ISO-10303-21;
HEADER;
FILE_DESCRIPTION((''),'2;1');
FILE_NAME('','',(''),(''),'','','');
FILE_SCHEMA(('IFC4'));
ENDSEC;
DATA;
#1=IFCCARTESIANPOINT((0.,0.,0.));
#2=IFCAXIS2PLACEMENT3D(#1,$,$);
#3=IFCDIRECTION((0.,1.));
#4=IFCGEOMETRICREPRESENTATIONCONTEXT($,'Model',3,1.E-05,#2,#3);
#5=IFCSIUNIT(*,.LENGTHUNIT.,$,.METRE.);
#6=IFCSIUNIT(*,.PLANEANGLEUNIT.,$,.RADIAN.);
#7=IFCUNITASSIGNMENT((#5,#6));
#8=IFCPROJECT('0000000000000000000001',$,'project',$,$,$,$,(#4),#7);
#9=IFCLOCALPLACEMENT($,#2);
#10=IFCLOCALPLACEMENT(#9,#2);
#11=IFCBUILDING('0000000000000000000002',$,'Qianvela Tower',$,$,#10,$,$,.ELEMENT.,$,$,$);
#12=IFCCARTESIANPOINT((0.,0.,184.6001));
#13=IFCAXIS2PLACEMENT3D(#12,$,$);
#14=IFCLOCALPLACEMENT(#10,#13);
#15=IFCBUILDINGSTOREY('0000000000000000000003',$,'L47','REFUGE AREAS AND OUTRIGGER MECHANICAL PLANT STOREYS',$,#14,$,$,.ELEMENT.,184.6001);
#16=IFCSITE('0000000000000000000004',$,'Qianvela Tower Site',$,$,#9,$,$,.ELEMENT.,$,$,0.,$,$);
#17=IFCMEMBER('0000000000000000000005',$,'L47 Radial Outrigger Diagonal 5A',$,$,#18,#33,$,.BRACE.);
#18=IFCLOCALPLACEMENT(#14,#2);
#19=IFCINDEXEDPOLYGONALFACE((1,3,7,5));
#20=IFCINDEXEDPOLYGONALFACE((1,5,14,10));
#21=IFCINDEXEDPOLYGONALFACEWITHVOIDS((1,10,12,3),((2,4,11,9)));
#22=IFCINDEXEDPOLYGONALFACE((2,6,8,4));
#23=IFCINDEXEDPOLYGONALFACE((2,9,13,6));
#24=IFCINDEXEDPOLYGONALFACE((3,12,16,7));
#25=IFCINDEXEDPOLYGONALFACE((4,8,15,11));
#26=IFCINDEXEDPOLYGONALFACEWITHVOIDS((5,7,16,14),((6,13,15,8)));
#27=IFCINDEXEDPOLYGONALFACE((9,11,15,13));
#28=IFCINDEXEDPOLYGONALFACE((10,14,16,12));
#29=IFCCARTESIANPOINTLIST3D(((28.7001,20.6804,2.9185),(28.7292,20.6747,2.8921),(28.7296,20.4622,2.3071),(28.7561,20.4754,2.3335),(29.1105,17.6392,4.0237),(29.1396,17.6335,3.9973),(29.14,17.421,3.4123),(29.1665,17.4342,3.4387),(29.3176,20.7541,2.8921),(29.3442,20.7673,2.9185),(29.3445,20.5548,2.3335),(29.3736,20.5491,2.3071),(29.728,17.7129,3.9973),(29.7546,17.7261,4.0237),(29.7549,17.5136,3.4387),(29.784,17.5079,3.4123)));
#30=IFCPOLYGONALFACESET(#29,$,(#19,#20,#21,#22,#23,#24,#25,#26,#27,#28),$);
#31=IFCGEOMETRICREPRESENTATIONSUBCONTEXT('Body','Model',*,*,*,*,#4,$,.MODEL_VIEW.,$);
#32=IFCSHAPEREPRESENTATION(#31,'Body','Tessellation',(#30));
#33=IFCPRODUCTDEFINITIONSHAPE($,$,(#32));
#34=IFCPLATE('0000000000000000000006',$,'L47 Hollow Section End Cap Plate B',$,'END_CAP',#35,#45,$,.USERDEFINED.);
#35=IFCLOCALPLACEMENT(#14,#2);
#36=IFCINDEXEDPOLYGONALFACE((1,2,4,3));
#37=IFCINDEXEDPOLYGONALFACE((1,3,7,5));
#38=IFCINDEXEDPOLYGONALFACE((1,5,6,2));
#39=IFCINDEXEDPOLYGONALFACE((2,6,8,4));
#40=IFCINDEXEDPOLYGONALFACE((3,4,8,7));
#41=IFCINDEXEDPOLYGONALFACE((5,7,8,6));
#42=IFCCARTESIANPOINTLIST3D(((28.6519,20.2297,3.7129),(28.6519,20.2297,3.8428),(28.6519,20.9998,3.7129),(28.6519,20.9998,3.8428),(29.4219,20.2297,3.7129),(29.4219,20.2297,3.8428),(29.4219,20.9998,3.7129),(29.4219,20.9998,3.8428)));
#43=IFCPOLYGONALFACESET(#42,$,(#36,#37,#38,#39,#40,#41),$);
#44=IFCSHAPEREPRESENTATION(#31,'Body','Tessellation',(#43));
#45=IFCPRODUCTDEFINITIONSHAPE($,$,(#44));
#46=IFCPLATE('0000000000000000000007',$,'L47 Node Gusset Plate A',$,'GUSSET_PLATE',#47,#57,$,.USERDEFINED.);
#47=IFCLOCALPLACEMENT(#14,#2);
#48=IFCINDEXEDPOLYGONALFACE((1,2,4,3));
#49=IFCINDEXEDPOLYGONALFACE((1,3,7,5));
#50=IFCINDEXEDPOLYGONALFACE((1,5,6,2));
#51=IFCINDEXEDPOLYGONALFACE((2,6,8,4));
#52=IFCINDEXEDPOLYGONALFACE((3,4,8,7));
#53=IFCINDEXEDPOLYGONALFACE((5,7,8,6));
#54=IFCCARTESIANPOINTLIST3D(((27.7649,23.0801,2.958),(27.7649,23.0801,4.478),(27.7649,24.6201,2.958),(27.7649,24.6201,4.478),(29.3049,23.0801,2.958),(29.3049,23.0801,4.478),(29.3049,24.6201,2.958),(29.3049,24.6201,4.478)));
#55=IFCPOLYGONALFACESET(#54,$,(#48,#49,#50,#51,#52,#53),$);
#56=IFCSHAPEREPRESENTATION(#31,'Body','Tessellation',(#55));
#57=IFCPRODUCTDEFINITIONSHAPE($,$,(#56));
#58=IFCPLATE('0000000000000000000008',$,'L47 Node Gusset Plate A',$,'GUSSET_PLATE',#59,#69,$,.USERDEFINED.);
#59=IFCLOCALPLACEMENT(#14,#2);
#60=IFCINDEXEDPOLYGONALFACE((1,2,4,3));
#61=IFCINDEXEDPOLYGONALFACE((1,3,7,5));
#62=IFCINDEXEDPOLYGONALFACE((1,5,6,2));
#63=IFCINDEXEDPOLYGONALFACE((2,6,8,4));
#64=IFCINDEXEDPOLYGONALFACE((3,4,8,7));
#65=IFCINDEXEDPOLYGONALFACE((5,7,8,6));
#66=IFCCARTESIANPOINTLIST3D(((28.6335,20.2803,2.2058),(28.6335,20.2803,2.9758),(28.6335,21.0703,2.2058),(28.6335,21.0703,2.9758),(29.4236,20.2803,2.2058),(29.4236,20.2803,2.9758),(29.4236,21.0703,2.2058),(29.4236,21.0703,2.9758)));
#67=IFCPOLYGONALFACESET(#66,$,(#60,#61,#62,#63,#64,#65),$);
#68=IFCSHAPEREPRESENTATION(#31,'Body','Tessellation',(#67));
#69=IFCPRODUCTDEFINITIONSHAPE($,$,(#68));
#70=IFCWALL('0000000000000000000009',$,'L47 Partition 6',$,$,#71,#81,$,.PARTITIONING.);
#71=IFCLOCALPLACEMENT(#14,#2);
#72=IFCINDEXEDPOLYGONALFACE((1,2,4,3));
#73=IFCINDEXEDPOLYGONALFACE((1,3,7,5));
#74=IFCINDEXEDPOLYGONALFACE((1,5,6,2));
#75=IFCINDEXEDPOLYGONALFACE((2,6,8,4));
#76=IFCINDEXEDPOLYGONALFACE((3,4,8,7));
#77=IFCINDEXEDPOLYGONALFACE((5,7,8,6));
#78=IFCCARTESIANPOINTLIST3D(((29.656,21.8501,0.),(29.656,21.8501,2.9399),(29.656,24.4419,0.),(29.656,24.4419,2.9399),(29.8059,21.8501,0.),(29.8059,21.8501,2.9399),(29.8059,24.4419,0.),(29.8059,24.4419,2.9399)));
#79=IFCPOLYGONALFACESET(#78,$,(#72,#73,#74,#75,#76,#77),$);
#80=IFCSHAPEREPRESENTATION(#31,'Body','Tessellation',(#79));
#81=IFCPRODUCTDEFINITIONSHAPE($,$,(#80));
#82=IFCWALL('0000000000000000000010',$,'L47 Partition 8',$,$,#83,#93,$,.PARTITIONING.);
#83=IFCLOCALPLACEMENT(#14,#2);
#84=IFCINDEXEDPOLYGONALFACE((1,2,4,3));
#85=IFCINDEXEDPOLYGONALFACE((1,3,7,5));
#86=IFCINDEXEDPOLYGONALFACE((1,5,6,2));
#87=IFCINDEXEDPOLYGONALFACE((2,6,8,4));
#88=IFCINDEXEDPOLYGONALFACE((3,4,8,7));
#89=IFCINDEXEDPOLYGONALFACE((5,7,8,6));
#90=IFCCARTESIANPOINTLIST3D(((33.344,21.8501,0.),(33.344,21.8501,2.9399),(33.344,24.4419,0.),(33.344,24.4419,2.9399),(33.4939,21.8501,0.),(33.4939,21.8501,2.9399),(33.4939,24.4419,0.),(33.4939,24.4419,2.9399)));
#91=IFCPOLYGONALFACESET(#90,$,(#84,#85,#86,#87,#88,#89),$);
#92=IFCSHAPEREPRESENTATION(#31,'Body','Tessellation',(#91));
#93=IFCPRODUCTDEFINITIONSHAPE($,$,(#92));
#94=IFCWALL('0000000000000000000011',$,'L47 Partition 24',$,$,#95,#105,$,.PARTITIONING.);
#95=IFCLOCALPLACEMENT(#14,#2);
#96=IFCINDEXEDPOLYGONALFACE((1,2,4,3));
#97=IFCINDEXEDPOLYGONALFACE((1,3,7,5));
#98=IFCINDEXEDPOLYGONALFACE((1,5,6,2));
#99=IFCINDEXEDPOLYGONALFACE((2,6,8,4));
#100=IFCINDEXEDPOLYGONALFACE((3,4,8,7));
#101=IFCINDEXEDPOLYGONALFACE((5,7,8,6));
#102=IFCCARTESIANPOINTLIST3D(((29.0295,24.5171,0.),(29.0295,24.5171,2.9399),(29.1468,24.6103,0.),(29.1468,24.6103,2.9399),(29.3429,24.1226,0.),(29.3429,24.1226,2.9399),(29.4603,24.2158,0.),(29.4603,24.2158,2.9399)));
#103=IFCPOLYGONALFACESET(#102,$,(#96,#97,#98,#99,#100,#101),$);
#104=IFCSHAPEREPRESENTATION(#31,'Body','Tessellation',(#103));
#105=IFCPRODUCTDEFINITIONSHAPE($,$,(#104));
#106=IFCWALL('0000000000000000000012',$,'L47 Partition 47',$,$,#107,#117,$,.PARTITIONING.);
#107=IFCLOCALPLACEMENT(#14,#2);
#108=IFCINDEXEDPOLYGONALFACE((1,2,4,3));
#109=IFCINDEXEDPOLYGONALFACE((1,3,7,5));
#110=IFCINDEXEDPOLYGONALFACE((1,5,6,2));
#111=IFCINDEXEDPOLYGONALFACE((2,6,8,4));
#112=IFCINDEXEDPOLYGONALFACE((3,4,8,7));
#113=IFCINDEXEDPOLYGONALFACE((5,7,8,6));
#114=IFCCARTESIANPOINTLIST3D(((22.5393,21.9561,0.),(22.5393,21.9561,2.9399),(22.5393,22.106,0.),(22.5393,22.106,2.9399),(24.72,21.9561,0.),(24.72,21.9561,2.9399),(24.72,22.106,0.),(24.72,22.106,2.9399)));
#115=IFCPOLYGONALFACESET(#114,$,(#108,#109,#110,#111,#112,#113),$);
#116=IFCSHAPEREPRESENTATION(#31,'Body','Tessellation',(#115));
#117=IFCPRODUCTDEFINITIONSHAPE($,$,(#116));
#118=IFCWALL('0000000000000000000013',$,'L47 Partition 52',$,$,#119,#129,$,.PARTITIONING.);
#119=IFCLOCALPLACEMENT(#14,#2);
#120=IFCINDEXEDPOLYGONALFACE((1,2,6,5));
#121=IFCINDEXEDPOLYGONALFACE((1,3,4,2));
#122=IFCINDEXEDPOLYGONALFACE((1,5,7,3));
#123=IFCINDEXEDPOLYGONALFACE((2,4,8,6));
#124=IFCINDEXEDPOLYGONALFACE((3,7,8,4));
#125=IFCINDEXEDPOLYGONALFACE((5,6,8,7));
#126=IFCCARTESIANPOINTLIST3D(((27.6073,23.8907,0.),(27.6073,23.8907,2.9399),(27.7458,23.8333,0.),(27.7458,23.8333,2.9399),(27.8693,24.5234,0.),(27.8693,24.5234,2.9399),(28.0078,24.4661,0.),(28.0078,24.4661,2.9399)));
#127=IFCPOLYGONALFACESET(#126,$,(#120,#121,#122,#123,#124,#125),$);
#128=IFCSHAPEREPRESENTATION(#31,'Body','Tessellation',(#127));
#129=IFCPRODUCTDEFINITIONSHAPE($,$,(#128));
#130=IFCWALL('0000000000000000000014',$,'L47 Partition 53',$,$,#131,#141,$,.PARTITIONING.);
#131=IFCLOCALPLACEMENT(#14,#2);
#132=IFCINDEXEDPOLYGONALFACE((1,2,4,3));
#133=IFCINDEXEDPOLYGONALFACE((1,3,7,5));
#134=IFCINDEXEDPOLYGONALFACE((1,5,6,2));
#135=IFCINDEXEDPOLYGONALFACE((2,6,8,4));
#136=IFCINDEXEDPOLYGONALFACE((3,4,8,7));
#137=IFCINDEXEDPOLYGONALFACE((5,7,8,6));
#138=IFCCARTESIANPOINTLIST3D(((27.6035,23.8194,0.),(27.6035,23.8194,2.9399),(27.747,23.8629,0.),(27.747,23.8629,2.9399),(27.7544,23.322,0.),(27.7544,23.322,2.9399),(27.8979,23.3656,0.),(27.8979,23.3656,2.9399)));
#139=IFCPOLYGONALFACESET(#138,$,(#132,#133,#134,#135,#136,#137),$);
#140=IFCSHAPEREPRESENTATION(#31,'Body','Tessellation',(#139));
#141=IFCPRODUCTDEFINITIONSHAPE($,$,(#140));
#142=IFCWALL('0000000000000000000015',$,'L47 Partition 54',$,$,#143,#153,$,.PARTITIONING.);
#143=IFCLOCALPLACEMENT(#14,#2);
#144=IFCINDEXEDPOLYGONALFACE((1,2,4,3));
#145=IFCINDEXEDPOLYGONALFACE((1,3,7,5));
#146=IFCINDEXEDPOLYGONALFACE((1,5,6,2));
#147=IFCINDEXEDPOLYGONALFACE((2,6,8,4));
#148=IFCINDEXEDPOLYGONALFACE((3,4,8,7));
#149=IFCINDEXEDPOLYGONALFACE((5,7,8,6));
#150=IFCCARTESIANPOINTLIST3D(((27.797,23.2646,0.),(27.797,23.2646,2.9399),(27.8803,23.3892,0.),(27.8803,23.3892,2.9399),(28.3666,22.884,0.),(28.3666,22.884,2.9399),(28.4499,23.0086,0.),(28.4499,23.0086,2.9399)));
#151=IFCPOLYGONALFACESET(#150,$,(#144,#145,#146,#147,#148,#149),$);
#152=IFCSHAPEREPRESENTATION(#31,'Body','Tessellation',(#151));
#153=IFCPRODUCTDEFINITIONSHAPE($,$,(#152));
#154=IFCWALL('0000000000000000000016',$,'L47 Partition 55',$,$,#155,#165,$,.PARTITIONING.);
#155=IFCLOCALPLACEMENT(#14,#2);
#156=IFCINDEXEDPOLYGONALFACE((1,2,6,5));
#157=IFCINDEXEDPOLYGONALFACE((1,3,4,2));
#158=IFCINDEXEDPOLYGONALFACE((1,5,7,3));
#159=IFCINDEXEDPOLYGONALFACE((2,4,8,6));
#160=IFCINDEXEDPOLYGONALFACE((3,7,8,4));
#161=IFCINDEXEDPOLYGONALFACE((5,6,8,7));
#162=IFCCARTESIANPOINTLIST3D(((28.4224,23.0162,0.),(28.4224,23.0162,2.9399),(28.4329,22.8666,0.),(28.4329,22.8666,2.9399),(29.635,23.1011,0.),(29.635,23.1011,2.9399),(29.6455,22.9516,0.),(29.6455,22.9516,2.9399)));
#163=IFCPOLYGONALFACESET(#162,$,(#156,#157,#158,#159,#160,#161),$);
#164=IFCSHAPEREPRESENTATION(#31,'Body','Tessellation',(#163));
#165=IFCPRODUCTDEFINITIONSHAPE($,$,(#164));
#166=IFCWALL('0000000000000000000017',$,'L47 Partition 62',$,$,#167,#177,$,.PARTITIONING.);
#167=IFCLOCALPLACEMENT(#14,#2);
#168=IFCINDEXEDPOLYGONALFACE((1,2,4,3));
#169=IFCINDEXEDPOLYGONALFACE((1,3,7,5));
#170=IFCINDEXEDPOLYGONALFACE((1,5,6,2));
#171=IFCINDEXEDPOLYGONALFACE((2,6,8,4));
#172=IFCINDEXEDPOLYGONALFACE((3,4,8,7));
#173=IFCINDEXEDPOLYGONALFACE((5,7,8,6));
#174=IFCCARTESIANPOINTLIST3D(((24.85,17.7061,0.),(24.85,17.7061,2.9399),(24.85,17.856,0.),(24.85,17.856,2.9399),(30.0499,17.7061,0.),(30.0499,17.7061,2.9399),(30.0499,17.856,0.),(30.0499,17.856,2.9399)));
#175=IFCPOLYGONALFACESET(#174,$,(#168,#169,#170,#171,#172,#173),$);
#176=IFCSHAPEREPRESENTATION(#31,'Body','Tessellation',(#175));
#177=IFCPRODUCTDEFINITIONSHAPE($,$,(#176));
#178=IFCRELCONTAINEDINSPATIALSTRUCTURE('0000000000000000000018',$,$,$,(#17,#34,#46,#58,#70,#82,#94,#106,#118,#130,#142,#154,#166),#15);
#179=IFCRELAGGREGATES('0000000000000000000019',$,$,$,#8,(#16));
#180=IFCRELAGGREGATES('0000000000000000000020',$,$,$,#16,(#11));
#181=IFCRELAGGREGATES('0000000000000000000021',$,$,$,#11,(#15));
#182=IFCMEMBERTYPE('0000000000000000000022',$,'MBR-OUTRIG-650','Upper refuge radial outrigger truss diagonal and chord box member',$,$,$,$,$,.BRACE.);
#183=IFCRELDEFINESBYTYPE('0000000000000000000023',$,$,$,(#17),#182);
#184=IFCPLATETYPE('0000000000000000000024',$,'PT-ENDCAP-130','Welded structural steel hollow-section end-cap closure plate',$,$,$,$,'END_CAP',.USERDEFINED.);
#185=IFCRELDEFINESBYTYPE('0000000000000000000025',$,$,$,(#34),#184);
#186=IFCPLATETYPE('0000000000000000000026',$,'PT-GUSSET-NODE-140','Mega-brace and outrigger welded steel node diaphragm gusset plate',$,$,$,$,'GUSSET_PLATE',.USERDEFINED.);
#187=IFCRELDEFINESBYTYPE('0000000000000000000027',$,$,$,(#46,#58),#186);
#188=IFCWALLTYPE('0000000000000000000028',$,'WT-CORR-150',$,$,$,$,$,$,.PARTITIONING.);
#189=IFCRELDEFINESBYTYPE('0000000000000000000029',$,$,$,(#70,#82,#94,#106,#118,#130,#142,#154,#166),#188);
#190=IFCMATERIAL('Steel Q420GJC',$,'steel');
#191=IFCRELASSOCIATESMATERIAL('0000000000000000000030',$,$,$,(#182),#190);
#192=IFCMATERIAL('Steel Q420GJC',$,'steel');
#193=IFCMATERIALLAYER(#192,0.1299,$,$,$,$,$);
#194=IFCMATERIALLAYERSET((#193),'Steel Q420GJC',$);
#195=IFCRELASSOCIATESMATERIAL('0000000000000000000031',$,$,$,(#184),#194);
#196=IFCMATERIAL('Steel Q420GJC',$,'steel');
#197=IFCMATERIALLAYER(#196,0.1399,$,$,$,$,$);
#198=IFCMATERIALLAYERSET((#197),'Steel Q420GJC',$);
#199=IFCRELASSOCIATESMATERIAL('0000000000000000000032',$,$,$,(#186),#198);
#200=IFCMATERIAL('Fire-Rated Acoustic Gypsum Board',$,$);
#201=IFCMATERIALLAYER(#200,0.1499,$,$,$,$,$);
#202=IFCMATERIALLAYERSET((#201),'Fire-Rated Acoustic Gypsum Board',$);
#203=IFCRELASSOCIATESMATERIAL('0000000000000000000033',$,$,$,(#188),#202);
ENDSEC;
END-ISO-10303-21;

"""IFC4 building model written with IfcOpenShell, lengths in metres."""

from ifc_helpers import new_model, si_unit, direction, frame, frame_2d, origin, origin_2d, place, context, subcontext, project, spatial, rectangle, hollow_rectangle, extrude, material, layer, layer_set, material_profile, profile_set, type_object, element, save


model = new_model("IFC4")

# Units and contexts
model_context = context("Model", 3, precision=1e-05, world=origin(), true_north=direction((0.0, 1.0)))
body_context = subcontext(model_context, "Body", "Model", "MODEL_VIEW")
ifc_project = project(units=[si_unit("LENGTHUNIT", "METRE"), si_unit("PLANEANGLEUNIT", "RADIAN")], contexts=[model_context])

# Site, building, storey
site_placement = place(None, origin())
site = spatial("IfcSite", under=ifc_project, at=site_placement, Name="Qianvela Tower Site", CompositionType="ELEMENT", RefElevation=0.0)
building_placement = place(site_placement, origin())
building = spatial("IfcBuilding", under=site, at=building_placement, Name="Qianvela Tower", CompositionType="ELEMENT")
storey_placement = place(building_placement, frame((0.0, 0.0, 184.6001)))
storey = spatial("IfcBuildingStorey", under=building, at=storey_placement, Name="L47", Description="REFUGE AREAS AND OUTRIGGER MECHANICAL PLANT STOREYS", CompositionType="ELEMENT", Elevation=184.6001)

# Member
ifc_material_1 = material(Name="Steel Q420GJC", Category="steel")
ifc_material_profile_1 = material_profile(ifc_material_1, hollow_rectangle(XDim=0.6499, YDim=0.6499, WallThickness=0.0281, at=origin_2d()), Name="OBOX-650x650x28")
ifc_profile_set_1 = profile_set([ifc_material_profile_1], Name="Steel Q420GJC")
member_type = type_object("IfcMemberType", Name="MBR-OUTRIG-650", Description="Upper refuge radial outrigger truss diagonal and chord box member", PredefinedType="BRACE", material=ifc_profile_set_1)
member_1_placement = place(storey_placement, frame((29.0369, 20.6147, 2.6128), z_axis=(0.125821, -0.932393, 0.338841), x_axis=(0.991018, 0.133732, 0.0)))
element("IfcMember", 1, at=member_1_placement, inside=storey, type_object=member_type, Name="L47 Radial Outrigger Diagonal 5A", PredefinedType="BRACE", context=body_context, shape_type="SweptSolid", body=[
    extrude(hollow_rectangle(XDim=0.6499, YDim=0.6499, WallThickness=0.0281, at=origin_2d()), origin(), (0.0, 0.0, 1.0), 3.2617),
])

# Plates
ifc_material_2 = material(Name="Steel Q420GJC", Category="steel")
ifc_layer_1 = layer(ifc_material_2, 0.1299)
ifc_layer_set_1 = layer_set([ifc_layer_1], Name="Steel Q420GJC")
plate_type_1 = type_object("IfcPlateType", Name="PT-ENDCAP-130", Description="Welded structural steel hollow-section end-cap closure plate", ElementType="END_CAP", PredefinedType="USERDEFINED", material=ifc_layer_set_1)
plate_1_placement = place(storey_placement, frame((29.0369, 20.6147, 3.7129), z_axis=(0.0, 0.0, 1.0), x_axis=(1.0, 0.0, 0.0)))
element("IfcPlate", 2, at=plate_1_placement, inside=storey, type_object=plate_type_1, Name="L47 Hollow Section End Cap Plate B", ObjectType="END_CAP", PredefinedType="USERDEFINED", context=body_context, shape_type="SweptSolid", body=[
    extrude(rectangle(XDim=0.77, YDim=0.77, at=origin_2d()), origin(), (0.0, 0.0, 1.0), 0.1299),
])
ifc_material_3 = material(Name="Steel Q420GJC", Category="steel")
ifc_layer_2 = layer(ifc_material_3, 0.1399)
ifc_layer_set_2 = layer_set([ifc_layer_2], Name="Steel Q420GJC")
plate_type_2 = type_object("IfcPlateType", Name="PT-GUSSET-NODE-140", Description="Mega-brace and outrigger welded steel node diaphragm gusset plate", ElementType="GUSSET_PLATE", PredefinedType="USERDEFINED", material=ifc_layer_set_2)
plate_2_placement = place(storey_placement, frame((28.5349, 23.8501, 2.958), z_axis=(0.0, 0.0, 1.0), x_axis=(1.0, 0.0, 0.0)))
element("IfcPlate", 3, at=plate_2_placement, inside=storey, type_object=plate_type_2, Name="L47 Node Gusset Plate A", ObjectType="GUSSET_PLATE", PredefinedType="USERDEFINED", context=body_context, shape_type="SweptSolid", body=[
    extrude(rectangle(XDim=1.54, YDim=1.54, at=origin_2d()), origin(), (0.0, 0.0, 1.0), 1.52),
])
plate_3_placement = place(storey_placement, frame((29.0286, 20.6753, 2.2058), z_axis=(0.0, 0.0, 1.0), x_axis=(1.0, 0.0, 0.0)))
element("IfcPlate", 4, at=plate_3_placement, inside=storey, type_object=plate_type_2, Name="L47 Node Gusset Plate A", ObjectType="GUSSET_PLATE", PredefinedType="USERDEFINED", context=body_context, shape_type="SweptSolid", body=[
    extrude(rectangle(XDim=0.79, YDim=0.79, at=origin_2d()), origin(), (0.0, 0.0, 1.0), 0.77),
])

# Shared definitions
ifc_material_4 = material(Name="Fire-Rated Acoustic Gypsum Board")
ifc_layer_3 = layer(ifc_material_4, 0.1499)
ifc_layer_set_3 = layer_set([ifc_layer_3], Name="Fire-Rated Acoustic Gypsum Board")
wall_type = type_object("IfcWallType", Name="WT-CORR-150", PredefinedType="PARTITIONING", material=ifc_layer_set_3)

# Walls
for number, where, z_axis, x_axis, name in (
    (5, (29.731, 21.8501, 0.0), (0.0, 0.0, 1.0), (0.0, 1.0, 0.0), "L47 Partition 6"),
    (6, (33.4189, 24.4419, 0.0), (0.0, 0.0, 1.0), (0.0, -1.0, 0.0), "L47 Partition 8"),
):
    element("IfcWall", number, at=place(storey_placement, frame(where, z_axis=z_axis, x_axis=x_axis)), inside=storey, type_object=wall_type, Name=name, PredefinedType="PARTITIONING", context=body_context, shape_type="SweptSolid", body=[
        extrude(rectangle(XDim=2.5918, YDim=0.1499, at=frame_2d((1.2959, 0.0))), origin(), (0.0, 0.0, 1.0), 2.9399),
    ])
wall_1_placement = place(storey_placement, frame((29.4016, 24.1692, 0.0), z_axis=(0.0, 0.0, 1.0), x_axis=(-0.622092, 0.782944, 0.0)))
element("IfcWall", 7, at=wall_1_placement, inside=storey, type_object=wall_type, Name="L47 Partition 24", PredefinedType="PARTITIONING", context=body_context, shape_type="SweptSolid", body=[
    extrude(rectangle(XDim=0.5039, YDim=0.1499, at=frame_2d((0.252, 0.0))), origin(), (0.0, 0.0, 1.0), 2.9399),
])
wall_2_placement = place(storey_placement, frame((24.72, 22.031, 0.0), z_axis=(0.0, 0.0, 1.0), x_axis=(-1.0, 0.0, 0.0)))
element("IfcWall", 8, at=wall_2_placement, inside=storey, type_object=wall_type, Name="L47 Partition 47", PredefinedType="PARTITIONING", context=body_context, shape_type="SweptSolid", body=[
    extrude(rectangle(XDim=2.1807, YDim=0.1499, at=frame_2d((1.0903, 0.0))), origin(), (0.0, 0.0, 1.0), 2.9399),
])
wall_3_placement = place(storey_placement, frame((27.9385, 24.4946, 0.0), z_axis=(0.0, 0.0, 1.0), x_axis=(-0.382488, -0.92396, 0.0)))
element("IfcWall", 9, at=wall_3_placement, inside=storey, type_object=wall_type, Name="L47 Partition 52", PredefinedType="PARTITIONING", context=body_context, shape_type="SweptSolid", body=[
    extrude(rectangle(XDim=0.6848, YDim=0.1499, at=frame_2d((0.3423, 0.0))), origin(), (0.0, 0.0, 1.0), 2.9399),
])
wall_4_placement = place(storey_placement, frame((27.6753, 23.8411, 0.0), z_axis=(0.0, 0.0, 1.0), x_axis=(0.29032, -0.95693, 0.0)))
element("IfcWall", 10, at=wall_4_placement, inside=storey, type_object=wall_type, Name="L47 Partition 53", PredefinedType="PARTITIONING", context=body_context, shape_type="SweptSolid", body=[
    extrude(rectangle(XDim=0.5198, YDim=0.1499, at=frame_2d((0.2598, 0.0))), origin(), (0.0, 0.0, 1.0), 2.9399),
])
wall_5_placement = place(storey_placement, frame((27.8386, 23.3269, 0.0), z_axis=(0.0, 0.0, 1.0), x_axis=(0.831447, -0.555605, 0.0)))
element("IfcWall", 11, at=wall_5_placement, inside=storey, type_object=wall_type, Name="L47 Partition 54", PredefinedType="PARTITIONING", context=body_context, shape_type="SweptSolid", body=[
    extrude(rectangle(XDim=0.6851, YDim=0.1499, at=frame_2d((0.3425, 0.0))), origin(), (0.0, 0.0, 1.0), 2.9399),
])
wall_6_placement = place(storey_placement, frame((28.4275, 22.9414, 0.0), z_axis=(0.0, 0.0, 1.0), x_axis=(0.997555, 0.069891, 0.0)))
element("IfcWall", 12, at=wall_6_placement, inside=storey, type_object=wall_type, Name="L47 Partition 55", PredefinedType="PARTITIONING", context=body_context, shape_type="SweptSolid", body=[
    extrude(rectangle(XDim=1.2156, YDim=0.1499, at=frame_2d((0.6079, 0.0))), origin(), (0.0, 0.0, 1.0), 2.9399),
])
wall_7_placement = place(storey_placement, frame((30.05, 17.781, 0.0), z_axis=(0.0, 0.0, 1.0), x_axis=(-1.0, 0.0, 0.0)))
element("IfcWall", 13, at=wall_7_placement, inside=storey, type_object=wall_type, Name="L47 Partition 62", PredefinedType="PARTITIONING", context=body_context, shape_type="SweptSolid", body=[
    extrude(rectangle(XDim=5.2, YDim=0.1499, at=frame_2d((2.6001, 0.0))), origin(), (0.0, 0.0, 1.0), 2.9399),
])

save(model, "model.ifc")
